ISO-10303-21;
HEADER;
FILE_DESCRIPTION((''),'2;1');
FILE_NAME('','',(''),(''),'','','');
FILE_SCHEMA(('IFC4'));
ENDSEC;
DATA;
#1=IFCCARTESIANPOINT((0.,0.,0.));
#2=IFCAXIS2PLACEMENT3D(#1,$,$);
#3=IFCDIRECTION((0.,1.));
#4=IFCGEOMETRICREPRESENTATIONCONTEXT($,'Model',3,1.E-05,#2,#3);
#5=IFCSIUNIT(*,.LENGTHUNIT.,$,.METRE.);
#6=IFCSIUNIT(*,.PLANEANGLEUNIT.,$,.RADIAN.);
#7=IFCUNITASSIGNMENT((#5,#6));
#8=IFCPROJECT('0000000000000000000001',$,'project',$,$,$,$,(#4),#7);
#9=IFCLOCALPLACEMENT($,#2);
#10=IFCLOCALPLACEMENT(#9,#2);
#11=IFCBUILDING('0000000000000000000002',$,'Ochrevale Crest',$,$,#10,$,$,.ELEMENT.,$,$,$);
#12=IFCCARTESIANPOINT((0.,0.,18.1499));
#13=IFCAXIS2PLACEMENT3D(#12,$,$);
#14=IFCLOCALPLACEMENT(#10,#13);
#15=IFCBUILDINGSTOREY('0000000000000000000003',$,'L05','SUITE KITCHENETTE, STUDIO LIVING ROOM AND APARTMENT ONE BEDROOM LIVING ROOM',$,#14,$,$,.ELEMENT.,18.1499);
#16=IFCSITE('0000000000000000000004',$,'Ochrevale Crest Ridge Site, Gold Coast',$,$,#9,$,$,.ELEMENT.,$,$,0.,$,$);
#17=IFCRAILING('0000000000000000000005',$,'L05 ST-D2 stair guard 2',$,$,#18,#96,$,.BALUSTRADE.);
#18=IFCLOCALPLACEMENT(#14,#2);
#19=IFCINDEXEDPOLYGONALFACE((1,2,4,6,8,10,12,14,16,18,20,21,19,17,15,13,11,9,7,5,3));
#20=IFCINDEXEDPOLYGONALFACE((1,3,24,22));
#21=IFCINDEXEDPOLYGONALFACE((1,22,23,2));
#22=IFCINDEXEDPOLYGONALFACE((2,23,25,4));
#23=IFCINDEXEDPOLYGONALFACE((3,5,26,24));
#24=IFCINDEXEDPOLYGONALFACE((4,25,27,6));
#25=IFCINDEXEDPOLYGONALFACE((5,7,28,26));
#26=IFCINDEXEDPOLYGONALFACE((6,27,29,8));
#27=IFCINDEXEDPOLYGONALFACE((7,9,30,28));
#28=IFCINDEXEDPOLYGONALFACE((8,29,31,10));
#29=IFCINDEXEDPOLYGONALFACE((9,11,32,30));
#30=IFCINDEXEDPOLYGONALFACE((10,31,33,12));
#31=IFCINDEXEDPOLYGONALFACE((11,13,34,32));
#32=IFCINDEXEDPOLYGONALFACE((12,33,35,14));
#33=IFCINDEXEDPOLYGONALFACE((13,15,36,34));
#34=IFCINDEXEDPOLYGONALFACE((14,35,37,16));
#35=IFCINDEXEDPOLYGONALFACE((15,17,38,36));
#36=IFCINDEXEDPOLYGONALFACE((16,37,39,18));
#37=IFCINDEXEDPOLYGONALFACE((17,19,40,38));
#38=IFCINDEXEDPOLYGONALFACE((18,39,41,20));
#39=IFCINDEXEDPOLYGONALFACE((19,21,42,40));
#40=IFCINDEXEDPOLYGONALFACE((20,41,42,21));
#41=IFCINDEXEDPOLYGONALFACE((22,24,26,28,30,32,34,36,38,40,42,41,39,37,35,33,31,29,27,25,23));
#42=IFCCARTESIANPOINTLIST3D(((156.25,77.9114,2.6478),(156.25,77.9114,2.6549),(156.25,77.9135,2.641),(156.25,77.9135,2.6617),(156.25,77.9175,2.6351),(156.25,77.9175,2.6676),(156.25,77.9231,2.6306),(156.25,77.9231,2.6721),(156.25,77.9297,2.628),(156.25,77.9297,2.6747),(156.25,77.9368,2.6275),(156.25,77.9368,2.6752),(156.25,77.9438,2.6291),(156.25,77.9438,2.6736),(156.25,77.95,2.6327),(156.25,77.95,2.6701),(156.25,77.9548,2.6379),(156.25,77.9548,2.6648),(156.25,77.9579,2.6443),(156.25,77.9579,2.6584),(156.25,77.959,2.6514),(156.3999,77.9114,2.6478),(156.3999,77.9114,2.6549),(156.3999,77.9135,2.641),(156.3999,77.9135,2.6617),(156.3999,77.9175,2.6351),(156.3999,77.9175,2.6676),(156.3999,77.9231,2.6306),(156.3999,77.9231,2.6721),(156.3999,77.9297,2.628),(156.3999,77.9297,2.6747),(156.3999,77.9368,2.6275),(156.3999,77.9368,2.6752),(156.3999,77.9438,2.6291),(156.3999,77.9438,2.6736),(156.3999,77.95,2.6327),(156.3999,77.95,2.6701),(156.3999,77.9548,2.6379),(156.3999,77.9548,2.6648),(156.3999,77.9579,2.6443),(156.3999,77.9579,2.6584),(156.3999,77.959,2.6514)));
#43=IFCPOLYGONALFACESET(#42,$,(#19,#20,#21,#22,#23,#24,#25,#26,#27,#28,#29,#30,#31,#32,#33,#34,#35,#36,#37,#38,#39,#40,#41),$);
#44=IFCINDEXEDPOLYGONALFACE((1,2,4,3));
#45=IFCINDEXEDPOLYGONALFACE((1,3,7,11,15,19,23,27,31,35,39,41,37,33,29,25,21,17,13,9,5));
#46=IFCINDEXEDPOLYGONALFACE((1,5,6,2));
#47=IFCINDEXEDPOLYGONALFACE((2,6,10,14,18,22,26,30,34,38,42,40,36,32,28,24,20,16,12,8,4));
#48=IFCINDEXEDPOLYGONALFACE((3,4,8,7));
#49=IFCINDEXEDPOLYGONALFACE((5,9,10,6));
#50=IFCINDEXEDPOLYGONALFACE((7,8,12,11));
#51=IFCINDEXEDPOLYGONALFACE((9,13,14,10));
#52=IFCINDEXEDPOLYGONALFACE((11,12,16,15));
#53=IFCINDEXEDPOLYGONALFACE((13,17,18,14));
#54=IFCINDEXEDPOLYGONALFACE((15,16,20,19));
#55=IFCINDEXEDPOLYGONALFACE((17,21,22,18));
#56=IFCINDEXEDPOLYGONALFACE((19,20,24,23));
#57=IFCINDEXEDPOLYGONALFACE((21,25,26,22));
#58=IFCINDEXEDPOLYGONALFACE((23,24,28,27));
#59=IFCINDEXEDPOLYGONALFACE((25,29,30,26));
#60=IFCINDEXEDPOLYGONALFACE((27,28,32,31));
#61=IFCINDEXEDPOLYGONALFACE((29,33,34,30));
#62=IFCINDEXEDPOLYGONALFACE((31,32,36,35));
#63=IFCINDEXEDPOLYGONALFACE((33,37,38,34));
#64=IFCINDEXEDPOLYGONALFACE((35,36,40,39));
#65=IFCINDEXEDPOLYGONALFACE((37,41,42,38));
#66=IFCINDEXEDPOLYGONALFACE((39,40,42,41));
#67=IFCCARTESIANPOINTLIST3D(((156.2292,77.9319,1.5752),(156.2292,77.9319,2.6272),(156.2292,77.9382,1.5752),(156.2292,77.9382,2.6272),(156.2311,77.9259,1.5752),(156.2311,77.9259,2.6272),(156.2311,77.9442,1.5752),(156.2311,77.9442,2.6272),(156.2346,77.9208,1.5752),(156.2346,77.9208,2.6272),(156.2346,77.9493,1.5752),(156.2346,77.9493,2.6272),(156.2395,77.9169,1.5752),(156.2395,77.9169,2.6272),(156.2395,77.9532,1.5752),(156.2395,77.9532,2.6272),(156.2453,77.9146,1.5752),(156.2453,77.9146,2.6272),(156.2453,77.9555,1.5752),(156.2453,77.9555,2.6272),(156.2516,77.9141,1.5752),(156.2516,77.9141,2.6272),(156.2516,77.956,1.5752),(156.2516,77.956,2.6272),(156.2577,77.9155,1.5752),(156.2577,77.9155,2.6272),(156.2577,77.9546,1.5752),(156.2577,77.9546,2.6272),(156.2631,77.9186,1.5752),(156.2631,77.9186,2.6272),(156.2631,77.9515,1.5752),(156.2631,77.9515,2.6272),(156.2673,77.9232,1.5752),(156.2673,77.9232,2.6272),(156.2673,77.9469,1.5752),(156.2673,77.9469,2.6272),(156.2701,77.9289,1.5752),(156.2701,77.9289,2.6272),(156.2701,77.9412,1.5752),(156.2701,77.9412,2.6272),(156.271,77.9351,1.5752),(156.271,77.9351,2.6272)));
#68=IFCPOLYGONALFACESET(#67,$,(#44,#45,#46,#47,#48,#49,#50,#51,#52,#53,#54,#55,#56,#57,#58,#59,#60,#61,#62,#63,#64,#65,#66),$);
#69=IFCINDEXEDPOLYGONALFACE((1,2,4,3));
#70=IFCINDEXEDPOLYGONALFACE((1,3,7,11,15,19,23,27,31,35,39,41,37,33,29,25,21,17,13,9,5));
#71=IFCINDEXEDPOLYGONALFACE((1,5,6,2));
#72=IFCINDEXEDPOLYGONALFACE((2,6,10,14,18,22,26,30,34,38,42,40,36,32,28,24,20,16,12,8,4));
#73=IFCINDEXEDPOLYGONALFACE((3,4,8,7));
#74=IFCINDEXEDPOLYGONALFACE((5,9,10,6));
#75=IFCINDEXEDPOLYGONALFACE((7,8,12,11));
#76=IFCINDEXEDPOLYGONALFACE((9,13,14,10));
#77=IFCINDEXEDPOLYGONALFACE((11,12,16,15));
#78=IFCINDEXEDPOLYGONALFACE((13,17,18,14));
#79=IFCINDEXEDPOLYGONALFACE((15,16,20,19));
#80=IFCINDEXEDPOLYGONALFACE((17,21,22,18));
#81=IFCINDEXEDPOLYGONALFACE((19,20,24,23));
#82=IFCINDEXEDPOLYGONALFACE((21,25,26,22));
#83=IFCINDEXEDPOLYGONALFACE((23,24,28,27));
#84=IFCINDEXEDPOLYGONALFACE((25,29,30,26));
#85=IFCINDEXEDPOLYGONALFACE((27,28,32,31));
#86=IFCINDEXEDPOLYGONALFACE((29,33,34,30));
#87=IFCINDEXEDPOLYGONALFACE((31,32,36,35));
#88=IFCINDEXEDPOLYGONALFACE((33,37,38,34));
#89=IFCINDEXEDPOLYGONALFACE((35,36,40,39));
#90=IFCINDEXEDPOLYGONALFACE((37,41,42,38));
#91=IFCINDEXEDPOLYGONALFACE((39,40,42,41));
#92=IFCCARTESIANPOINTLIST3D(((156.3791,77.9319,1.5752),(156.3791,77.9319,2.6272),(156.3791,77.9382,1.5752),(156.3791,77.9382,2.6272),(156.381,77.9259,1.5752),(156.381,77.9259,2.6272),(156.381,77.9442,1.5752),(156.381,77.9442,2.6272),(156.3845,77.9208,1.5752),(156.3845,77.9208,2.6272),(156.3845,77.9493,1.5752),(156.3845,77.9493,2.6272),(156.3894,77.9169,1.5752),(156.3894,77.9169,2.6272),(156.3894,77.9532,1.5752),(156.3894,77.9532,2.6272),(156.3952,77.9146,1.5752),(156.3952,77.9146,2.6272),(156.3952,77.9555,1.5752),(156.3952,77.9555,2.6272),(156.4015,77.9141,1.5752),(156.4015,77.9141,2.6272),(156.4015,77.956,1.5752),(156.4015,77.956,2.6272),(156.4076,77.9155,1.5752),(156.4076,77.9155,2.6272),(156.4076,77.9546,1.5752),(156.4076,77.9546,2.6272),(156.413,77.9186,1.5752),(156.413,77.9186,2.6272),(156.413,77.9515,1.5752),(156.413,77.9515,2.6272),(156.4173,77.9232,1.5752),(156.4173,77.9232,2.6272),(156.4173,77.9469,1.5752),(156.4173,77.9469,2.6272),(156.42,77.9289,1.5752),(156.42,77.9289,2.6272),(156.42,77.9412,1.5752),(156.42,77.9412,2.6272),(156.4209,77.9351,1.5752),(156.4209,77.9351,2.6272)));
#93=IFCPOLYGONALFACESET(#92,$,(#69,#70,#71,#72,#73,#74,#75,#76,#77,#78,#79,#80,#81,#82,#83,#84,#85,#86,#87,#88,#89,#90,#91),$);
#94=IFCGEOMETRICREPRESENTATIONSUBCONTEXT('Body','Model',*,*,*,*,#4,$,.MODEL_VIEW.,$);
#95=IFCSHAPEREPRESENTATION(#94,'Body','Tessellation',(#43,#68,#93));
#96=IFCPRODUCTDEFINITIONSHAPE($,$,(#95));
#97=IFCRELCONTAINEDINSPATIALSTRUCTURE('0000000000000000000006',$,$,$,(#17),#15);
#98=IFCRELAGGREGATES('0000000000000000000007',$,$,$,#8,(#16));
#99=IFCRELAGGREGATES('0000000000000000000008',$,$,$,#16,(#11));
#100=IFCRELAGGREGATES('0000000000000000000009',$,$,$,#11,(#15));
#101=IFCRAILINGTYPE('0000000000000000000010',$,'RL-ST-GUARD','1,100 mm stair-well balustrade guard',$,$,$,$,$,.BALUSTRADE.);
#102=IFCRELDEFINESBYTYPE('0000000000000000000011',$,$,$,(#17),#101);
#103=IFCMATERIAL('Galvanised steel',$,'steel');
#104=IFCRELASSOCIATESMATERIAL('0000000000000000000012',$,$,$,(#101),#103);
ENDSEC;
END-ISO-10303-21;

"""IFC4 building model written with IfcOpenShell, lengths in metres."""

from ifc_helpers import new_model, si_unit, direction, frame, origin, origin_2d, place, context, subcontext, project, spatial, circle, extrude, material, type_object, element, save


model = new_model("IFC4")

# Units and contexts
model_context = context("Model", 3, precision=1e-05, world=origin(), true_north=direction((0.0, 1.0)))
body_context = subcontext(model_context, "Body", "Model", "MODEL_VIEW")
ifc_project = project(units=[si_unit("LENGTHUNIT", "METRE"), si_unit("PLANEANGLEUNIT", "RADIAN")], contexts=[model_context])

# Site, building, storey
site_placement = place(None, origin())
site = spatial("IfcSite", under=ifc_project, at=site_placement, Name="Ochrevale Crest Ridge Site, Gold Coast", CompositionType="ELEMENT", RefElevation=0.0)
building_placement = place(site_placement, origin())
building = spatial("IfcBuilding", under=site, at=building_placement, Name="Ochrevale Crest", CompositionType="ELEMENT")
storey_placement = place(building_placement, frame((0.0, 0.0, 18.1499)))
storey = spatial("IfcBuildingStorey", under=building, at=storey_placement, Name="L05", Description="SUITE KITCHENETTE, STUDIO LIVING ROOM AND APARTMENT ONE BEDROOM LIVING ROOM", CompositionType="ELEMENT", Elevation=18.1499)

# Railing
ifc_material_1 = material(Name="Galvanised steel", Category="steel")
railing_type_1 = type_object("IfcRailingType", Name="RL-ST-GUARD", Description="1,100 mm stair-well balustrade guard", PredefinedType="BALUSTRADE", material=ifc_material_1)
railing_1_placement = place(storey_placement, frame((156.25, 77.9351, 1.5752)))
element("IfcRailing", 1, at=railing_1_placement, inside=storey, type_object=railing_type_1, Name="L05 ST-D2 stair guard 2", PredefinedType="BALUSTRADE", context=body_context, shape_type="SweptSolid", body=[
    extrude(circle(Radius=0.0239, at=origin_2d()), frame((0.0, 0.0, 1.0762), z_axis=(1.0, 0.0, 0.0), x_axis=(0.0, 1.0, 0.0)), (0.0, 0.0, 1.0), 0.1499),
    extrude(circle(Radius=0.021, at=origin_2d()), origin(), (0.0, 0.0, 1.0), 1.052),
    extrude(circle(Radius=0.021, at=origin_2d()), frame((0.1499, 0.0, 0.0)), (0.0, 0.0, 1.0), 1.052),
])

save(model, "model.ifc")
